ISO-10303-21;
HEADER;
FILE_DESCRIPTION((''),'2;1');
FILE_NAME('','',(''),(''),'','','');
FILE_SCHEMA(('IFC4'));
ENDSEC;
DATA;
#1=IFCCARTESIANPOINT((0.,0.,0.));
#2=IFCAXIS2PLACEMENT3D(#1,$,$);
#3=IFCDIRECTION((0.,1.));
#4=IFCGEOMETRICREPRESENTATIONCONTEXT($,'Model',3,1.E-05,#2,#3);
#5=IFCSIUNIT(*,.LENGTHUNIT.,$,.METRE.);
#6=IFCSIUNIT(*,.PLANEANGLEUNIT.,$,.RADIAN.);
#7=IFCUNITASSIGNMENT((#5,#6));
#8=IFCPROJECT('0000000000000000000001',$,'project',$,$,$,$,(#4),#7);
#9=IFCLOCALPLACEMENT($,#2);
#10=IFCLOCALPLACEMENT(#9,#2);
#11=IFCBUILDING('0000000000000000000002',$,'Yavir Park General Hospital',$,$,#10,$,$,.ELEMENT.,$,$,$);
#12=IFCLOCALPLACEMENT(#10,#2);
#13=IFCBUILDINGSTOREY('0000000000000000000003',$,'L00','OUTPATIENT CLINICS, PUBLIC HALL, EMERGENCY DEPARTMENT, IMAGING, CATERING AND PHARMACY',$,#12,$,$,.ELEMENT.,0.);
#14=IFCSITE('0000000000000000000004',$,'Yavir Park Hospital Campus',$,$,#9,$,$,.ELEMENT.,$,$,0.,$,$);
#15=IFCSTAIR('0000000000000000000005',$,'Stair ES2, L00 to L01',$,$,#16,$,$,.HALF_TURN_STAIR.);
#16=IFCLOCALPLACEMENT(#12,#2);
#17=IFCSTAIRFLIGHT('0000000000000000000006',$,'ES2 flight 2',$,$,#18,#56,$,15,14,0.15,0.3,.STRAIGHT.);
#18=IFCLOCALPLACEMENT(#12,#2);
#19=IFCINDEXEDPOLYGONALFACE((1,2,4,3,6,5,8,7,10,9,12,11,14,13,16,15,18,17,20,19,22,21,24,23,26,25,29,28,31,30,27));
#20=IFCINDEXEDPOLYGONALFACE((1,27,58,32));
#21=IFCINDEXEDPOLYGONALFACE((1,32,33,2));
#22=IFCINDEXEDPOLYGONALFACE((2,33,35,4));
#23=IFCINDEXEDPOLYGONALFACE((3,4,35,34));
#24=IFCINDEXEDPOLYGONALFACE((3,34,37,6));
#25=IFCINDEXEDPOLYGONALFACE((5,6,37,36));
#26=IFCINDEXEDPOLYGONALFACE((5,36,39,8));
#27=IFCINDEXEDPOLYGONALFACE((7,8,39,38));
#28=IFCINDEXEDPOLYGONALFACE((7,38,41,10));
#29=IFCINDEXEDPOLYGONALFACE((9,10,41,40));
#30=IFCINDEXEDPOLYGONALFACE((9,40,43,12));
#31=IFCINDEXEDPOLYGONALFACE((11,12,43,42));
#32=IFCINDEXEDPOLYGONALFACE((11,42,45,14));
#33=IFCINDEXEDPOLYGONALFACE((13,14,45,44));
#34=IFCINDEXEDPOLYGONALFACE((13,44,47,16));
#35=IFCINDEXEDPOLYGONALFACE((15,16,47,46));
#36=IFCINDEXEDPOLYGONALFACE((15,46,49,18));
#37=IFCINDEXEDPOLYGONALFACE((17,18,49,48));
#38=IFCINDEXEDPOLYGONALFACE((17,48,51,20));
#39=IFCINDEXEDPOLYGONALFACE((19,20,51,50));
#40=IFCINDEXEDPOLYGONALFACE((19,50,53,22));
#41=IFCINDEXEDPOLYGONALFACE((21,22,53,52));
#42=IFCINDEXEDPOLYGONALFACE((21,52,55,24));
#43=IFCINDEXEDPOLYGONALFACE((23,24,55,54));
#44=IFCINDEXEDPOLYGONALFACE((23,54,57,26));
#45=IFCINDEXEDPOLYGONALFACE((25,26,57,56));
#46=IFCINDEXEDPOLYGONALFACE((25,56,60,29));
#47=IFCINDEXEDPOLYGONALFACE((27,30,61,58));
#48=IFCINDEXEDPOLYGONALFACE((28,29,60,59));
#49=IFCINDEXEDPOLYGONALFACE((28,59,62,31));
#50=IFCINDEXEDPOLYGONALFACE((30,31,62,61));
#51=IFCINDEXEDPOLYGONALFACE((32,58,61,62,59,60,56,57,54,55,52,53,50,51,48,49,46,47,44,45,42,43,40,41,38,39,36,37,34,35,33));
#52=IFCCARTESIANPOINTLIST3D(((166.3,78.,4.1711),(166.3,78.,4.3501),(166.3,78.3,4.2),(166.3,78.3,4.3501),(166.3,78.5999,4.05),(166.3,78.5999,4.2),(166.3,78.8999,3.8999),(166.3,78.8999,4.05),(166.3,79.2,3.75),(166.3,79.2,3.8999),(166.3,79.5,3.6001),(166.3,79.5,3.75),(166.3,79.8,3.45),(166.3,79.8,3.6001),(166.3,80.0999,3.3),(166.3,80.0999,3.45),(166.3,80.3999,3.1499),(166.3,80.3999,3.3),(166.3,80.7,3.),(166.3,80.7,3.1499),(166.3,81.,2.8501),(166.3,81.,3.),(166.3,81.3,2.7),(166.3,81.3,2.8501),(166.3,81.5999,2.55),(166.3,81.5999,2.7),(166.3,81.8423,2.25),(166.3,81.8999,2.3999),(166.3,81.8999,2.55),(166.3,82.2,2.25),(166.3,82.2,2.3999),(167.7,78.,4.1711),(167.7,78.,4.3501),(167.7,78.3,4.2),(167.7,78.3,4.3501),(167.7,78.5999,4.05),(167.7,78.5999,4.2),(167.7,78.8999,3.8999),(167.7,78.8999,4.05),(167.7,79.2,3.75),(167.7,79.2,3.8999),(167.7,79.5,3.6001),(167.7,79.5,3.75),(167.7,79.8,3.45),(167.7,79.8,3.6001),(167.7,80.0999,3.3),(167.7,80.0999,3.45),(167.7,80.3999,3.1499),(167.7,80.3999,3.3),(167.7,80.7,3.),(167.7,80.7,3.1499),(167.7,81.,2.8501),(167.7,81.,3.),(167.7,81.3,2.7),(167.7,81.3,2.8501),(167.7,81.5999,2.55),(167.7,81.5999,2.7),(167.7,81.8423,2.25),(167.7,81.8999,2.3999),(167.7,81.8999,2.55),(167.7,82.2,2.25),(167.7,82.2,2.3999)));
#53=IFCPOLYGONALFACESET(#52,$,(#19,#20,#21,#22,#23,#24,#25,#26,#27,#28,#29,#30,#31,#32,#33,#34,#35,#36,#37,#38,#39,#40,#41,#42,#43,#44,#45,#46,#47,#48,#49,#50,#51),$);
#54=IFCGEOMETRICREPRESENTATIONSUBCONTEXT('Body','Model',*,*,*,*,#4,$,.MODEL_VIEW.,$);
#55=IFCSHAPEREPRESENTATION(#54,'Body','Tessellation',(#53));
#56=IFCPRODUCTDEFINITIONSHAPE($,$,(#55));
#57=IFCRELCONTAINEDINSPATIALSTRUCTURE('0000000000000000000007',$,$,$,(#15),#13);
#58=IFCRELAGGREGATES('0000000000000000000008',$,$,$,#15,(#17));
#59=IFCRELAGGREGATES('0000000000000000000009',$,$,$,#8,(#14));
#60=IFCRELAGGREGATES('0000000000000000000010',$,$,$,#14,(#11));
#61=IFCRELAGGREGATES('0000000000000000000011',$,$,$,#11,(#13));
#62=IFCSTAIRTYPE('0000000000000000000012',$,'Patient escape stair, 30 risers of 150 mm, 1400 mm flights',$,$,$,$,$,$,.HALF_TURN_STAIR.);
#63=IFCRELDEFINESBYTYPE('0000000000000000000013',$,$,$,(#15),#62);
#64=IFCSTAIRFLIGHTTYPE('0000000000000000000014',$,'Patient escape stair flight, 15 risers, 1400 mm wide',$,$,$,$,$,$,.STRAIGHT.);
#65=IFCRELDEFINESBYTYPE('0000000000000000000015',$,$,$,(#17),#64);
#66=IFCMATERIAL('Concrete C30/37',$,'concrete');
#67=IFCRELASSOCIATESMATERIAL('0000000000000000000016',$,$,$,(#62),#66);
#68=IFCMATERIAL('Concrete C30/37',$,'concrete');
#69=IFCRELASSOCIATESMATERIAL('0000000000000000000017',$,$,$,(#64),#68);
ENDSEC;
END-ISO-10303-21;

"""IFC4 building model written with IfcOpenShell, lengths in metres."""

from ifc_helpers import new_model, si_unit, direction, frame, origin, place, context, subcontext, project, spatial, polyline, outline, extrude, material, type_object, element, aggregate, save


model = new_model("IFC4")

# Units and contexts
model_context = context("Model", 3, precision=1e-05, world=origin(), true_north=direction((0.0, 1.0)))
body_context = subcontext(model_context, "Body", "Model", "MODEL_VIEW")
ifc_project = project(units=[si_unit("LENGTHUNIT", "METRE"), si_unit("PLANEANGLEUNIT", "RADIAN")], contexts=[model_context])

# Site, building, storey
site_placement = place(None, origin())
site = spatial("IfcSite", under=ifc_project, at=site_placement, Name="Yavir Park Hospital Campus", CompositionType="ELEMENT", RefElevation=0.0)
building_placement = place(site_placement, origin())
building = spatial("IfcBuilding", under=site, at=building_placement, Name="Yavir Park General Hospital", CompositionType="ELEMENT")
storey_placement = place(building_placement, origin())
storey = spatial("IfcBuildingStorey", under=building, at=storey_placement, Name="L00", Description="OUTPATIENT CLINICS, PUBLIC HALL, EMERGENCY DEPARTMENT, IMAGING, CATERING AND PHARMACY", CompositionType="ELEMENT", Elevation=0.0)

# Stair, stair flight
ifc_material_1 = material(Name="Concrete C30/37", Category="concrete")
stair_type = type_object("IfcStairType", Name="Patient escape stair, 30 risers of 150 mm, 1400 mm flights", PredefinedType="HALF_TURN_STAIR", material=ifc_material_1)
stair_placement = place(storey_placement, origin())
stair = element("IfcStair", 1, at=stair_placement, inside=storey, type_object=stair_type, Name="Stair ES2, L00 to L01", PredefinedType="HALF_TURN_STAIR")
ifc_material_2 = material(Name="Concrete C30/37", Category="concrete")
stair_flight_type = type_object("IfcStairFlightType", Name="Patient escape stair flight, 15 risers, 1400 mm wide", PredefinedType="STRAIGHT", material=ifc_material_2)
stair_flight_1_placement = place(storey_placement, frame((167.0, 82.2, 2.25), z_axis=(0.0, 0.0, 1.0), x_axis=(0.0, -1.0, 0.0)))
stair_flight_1 = element("IfcStairFlight", 2, at=stair_flight_1_placement, type_object=stair_flight_type, Name="ES2 flight 2", NumberOfRisers=15, NumberOfTreads=14, PredefinedType="STRAIGHT", RiserHeight=0.15, TreadLength=0.3, context=body_context, shape_type="SweptSolid", body=[
    extrude(outline(polyline([(0.0, 0.0), (0.0, 0.1499), (0.3, 0.1499), (0.3, 0.3), (0.6001, 0.3), (0.6001, 0.45), (0.8999, 0.45), (0.8999, 0.6001), (1.2, 0.6001), (1.2, 0.75), (1.5, 0.75), (1.5, 0.8999), (1.8, 0.8999), (1.8, 1.05), (2.1001, 1.05), (2.1001, 1.2), (2.3999, 1.2), (2.3999, 1.3501), (2.7, 1.3501), (2.7, 1.5), (3.0, 1.5), (3.0, 1.6499), (3.3, 1.6499), (3.3, 1.8), (3.6001, 1.8), (3.6001, 1.95), (3.8999, 1.95), (3.8999, 2.1001), (4.2, 2.1001), (4.2, 2.25), (4.2, 1.9211), (0.3577, 0.0), (0.0, 0.0)])), frame((0.0, 0.7, 0.0), z_axis=(0.0, -1.0, 0.0), x_axis=(1.0, 0.0, 0.0)), (0.0, 0.0, 1.0), 1.3999),
])
aggregate(stair, [stair_flight_1])

save(model, "model.ifc")
